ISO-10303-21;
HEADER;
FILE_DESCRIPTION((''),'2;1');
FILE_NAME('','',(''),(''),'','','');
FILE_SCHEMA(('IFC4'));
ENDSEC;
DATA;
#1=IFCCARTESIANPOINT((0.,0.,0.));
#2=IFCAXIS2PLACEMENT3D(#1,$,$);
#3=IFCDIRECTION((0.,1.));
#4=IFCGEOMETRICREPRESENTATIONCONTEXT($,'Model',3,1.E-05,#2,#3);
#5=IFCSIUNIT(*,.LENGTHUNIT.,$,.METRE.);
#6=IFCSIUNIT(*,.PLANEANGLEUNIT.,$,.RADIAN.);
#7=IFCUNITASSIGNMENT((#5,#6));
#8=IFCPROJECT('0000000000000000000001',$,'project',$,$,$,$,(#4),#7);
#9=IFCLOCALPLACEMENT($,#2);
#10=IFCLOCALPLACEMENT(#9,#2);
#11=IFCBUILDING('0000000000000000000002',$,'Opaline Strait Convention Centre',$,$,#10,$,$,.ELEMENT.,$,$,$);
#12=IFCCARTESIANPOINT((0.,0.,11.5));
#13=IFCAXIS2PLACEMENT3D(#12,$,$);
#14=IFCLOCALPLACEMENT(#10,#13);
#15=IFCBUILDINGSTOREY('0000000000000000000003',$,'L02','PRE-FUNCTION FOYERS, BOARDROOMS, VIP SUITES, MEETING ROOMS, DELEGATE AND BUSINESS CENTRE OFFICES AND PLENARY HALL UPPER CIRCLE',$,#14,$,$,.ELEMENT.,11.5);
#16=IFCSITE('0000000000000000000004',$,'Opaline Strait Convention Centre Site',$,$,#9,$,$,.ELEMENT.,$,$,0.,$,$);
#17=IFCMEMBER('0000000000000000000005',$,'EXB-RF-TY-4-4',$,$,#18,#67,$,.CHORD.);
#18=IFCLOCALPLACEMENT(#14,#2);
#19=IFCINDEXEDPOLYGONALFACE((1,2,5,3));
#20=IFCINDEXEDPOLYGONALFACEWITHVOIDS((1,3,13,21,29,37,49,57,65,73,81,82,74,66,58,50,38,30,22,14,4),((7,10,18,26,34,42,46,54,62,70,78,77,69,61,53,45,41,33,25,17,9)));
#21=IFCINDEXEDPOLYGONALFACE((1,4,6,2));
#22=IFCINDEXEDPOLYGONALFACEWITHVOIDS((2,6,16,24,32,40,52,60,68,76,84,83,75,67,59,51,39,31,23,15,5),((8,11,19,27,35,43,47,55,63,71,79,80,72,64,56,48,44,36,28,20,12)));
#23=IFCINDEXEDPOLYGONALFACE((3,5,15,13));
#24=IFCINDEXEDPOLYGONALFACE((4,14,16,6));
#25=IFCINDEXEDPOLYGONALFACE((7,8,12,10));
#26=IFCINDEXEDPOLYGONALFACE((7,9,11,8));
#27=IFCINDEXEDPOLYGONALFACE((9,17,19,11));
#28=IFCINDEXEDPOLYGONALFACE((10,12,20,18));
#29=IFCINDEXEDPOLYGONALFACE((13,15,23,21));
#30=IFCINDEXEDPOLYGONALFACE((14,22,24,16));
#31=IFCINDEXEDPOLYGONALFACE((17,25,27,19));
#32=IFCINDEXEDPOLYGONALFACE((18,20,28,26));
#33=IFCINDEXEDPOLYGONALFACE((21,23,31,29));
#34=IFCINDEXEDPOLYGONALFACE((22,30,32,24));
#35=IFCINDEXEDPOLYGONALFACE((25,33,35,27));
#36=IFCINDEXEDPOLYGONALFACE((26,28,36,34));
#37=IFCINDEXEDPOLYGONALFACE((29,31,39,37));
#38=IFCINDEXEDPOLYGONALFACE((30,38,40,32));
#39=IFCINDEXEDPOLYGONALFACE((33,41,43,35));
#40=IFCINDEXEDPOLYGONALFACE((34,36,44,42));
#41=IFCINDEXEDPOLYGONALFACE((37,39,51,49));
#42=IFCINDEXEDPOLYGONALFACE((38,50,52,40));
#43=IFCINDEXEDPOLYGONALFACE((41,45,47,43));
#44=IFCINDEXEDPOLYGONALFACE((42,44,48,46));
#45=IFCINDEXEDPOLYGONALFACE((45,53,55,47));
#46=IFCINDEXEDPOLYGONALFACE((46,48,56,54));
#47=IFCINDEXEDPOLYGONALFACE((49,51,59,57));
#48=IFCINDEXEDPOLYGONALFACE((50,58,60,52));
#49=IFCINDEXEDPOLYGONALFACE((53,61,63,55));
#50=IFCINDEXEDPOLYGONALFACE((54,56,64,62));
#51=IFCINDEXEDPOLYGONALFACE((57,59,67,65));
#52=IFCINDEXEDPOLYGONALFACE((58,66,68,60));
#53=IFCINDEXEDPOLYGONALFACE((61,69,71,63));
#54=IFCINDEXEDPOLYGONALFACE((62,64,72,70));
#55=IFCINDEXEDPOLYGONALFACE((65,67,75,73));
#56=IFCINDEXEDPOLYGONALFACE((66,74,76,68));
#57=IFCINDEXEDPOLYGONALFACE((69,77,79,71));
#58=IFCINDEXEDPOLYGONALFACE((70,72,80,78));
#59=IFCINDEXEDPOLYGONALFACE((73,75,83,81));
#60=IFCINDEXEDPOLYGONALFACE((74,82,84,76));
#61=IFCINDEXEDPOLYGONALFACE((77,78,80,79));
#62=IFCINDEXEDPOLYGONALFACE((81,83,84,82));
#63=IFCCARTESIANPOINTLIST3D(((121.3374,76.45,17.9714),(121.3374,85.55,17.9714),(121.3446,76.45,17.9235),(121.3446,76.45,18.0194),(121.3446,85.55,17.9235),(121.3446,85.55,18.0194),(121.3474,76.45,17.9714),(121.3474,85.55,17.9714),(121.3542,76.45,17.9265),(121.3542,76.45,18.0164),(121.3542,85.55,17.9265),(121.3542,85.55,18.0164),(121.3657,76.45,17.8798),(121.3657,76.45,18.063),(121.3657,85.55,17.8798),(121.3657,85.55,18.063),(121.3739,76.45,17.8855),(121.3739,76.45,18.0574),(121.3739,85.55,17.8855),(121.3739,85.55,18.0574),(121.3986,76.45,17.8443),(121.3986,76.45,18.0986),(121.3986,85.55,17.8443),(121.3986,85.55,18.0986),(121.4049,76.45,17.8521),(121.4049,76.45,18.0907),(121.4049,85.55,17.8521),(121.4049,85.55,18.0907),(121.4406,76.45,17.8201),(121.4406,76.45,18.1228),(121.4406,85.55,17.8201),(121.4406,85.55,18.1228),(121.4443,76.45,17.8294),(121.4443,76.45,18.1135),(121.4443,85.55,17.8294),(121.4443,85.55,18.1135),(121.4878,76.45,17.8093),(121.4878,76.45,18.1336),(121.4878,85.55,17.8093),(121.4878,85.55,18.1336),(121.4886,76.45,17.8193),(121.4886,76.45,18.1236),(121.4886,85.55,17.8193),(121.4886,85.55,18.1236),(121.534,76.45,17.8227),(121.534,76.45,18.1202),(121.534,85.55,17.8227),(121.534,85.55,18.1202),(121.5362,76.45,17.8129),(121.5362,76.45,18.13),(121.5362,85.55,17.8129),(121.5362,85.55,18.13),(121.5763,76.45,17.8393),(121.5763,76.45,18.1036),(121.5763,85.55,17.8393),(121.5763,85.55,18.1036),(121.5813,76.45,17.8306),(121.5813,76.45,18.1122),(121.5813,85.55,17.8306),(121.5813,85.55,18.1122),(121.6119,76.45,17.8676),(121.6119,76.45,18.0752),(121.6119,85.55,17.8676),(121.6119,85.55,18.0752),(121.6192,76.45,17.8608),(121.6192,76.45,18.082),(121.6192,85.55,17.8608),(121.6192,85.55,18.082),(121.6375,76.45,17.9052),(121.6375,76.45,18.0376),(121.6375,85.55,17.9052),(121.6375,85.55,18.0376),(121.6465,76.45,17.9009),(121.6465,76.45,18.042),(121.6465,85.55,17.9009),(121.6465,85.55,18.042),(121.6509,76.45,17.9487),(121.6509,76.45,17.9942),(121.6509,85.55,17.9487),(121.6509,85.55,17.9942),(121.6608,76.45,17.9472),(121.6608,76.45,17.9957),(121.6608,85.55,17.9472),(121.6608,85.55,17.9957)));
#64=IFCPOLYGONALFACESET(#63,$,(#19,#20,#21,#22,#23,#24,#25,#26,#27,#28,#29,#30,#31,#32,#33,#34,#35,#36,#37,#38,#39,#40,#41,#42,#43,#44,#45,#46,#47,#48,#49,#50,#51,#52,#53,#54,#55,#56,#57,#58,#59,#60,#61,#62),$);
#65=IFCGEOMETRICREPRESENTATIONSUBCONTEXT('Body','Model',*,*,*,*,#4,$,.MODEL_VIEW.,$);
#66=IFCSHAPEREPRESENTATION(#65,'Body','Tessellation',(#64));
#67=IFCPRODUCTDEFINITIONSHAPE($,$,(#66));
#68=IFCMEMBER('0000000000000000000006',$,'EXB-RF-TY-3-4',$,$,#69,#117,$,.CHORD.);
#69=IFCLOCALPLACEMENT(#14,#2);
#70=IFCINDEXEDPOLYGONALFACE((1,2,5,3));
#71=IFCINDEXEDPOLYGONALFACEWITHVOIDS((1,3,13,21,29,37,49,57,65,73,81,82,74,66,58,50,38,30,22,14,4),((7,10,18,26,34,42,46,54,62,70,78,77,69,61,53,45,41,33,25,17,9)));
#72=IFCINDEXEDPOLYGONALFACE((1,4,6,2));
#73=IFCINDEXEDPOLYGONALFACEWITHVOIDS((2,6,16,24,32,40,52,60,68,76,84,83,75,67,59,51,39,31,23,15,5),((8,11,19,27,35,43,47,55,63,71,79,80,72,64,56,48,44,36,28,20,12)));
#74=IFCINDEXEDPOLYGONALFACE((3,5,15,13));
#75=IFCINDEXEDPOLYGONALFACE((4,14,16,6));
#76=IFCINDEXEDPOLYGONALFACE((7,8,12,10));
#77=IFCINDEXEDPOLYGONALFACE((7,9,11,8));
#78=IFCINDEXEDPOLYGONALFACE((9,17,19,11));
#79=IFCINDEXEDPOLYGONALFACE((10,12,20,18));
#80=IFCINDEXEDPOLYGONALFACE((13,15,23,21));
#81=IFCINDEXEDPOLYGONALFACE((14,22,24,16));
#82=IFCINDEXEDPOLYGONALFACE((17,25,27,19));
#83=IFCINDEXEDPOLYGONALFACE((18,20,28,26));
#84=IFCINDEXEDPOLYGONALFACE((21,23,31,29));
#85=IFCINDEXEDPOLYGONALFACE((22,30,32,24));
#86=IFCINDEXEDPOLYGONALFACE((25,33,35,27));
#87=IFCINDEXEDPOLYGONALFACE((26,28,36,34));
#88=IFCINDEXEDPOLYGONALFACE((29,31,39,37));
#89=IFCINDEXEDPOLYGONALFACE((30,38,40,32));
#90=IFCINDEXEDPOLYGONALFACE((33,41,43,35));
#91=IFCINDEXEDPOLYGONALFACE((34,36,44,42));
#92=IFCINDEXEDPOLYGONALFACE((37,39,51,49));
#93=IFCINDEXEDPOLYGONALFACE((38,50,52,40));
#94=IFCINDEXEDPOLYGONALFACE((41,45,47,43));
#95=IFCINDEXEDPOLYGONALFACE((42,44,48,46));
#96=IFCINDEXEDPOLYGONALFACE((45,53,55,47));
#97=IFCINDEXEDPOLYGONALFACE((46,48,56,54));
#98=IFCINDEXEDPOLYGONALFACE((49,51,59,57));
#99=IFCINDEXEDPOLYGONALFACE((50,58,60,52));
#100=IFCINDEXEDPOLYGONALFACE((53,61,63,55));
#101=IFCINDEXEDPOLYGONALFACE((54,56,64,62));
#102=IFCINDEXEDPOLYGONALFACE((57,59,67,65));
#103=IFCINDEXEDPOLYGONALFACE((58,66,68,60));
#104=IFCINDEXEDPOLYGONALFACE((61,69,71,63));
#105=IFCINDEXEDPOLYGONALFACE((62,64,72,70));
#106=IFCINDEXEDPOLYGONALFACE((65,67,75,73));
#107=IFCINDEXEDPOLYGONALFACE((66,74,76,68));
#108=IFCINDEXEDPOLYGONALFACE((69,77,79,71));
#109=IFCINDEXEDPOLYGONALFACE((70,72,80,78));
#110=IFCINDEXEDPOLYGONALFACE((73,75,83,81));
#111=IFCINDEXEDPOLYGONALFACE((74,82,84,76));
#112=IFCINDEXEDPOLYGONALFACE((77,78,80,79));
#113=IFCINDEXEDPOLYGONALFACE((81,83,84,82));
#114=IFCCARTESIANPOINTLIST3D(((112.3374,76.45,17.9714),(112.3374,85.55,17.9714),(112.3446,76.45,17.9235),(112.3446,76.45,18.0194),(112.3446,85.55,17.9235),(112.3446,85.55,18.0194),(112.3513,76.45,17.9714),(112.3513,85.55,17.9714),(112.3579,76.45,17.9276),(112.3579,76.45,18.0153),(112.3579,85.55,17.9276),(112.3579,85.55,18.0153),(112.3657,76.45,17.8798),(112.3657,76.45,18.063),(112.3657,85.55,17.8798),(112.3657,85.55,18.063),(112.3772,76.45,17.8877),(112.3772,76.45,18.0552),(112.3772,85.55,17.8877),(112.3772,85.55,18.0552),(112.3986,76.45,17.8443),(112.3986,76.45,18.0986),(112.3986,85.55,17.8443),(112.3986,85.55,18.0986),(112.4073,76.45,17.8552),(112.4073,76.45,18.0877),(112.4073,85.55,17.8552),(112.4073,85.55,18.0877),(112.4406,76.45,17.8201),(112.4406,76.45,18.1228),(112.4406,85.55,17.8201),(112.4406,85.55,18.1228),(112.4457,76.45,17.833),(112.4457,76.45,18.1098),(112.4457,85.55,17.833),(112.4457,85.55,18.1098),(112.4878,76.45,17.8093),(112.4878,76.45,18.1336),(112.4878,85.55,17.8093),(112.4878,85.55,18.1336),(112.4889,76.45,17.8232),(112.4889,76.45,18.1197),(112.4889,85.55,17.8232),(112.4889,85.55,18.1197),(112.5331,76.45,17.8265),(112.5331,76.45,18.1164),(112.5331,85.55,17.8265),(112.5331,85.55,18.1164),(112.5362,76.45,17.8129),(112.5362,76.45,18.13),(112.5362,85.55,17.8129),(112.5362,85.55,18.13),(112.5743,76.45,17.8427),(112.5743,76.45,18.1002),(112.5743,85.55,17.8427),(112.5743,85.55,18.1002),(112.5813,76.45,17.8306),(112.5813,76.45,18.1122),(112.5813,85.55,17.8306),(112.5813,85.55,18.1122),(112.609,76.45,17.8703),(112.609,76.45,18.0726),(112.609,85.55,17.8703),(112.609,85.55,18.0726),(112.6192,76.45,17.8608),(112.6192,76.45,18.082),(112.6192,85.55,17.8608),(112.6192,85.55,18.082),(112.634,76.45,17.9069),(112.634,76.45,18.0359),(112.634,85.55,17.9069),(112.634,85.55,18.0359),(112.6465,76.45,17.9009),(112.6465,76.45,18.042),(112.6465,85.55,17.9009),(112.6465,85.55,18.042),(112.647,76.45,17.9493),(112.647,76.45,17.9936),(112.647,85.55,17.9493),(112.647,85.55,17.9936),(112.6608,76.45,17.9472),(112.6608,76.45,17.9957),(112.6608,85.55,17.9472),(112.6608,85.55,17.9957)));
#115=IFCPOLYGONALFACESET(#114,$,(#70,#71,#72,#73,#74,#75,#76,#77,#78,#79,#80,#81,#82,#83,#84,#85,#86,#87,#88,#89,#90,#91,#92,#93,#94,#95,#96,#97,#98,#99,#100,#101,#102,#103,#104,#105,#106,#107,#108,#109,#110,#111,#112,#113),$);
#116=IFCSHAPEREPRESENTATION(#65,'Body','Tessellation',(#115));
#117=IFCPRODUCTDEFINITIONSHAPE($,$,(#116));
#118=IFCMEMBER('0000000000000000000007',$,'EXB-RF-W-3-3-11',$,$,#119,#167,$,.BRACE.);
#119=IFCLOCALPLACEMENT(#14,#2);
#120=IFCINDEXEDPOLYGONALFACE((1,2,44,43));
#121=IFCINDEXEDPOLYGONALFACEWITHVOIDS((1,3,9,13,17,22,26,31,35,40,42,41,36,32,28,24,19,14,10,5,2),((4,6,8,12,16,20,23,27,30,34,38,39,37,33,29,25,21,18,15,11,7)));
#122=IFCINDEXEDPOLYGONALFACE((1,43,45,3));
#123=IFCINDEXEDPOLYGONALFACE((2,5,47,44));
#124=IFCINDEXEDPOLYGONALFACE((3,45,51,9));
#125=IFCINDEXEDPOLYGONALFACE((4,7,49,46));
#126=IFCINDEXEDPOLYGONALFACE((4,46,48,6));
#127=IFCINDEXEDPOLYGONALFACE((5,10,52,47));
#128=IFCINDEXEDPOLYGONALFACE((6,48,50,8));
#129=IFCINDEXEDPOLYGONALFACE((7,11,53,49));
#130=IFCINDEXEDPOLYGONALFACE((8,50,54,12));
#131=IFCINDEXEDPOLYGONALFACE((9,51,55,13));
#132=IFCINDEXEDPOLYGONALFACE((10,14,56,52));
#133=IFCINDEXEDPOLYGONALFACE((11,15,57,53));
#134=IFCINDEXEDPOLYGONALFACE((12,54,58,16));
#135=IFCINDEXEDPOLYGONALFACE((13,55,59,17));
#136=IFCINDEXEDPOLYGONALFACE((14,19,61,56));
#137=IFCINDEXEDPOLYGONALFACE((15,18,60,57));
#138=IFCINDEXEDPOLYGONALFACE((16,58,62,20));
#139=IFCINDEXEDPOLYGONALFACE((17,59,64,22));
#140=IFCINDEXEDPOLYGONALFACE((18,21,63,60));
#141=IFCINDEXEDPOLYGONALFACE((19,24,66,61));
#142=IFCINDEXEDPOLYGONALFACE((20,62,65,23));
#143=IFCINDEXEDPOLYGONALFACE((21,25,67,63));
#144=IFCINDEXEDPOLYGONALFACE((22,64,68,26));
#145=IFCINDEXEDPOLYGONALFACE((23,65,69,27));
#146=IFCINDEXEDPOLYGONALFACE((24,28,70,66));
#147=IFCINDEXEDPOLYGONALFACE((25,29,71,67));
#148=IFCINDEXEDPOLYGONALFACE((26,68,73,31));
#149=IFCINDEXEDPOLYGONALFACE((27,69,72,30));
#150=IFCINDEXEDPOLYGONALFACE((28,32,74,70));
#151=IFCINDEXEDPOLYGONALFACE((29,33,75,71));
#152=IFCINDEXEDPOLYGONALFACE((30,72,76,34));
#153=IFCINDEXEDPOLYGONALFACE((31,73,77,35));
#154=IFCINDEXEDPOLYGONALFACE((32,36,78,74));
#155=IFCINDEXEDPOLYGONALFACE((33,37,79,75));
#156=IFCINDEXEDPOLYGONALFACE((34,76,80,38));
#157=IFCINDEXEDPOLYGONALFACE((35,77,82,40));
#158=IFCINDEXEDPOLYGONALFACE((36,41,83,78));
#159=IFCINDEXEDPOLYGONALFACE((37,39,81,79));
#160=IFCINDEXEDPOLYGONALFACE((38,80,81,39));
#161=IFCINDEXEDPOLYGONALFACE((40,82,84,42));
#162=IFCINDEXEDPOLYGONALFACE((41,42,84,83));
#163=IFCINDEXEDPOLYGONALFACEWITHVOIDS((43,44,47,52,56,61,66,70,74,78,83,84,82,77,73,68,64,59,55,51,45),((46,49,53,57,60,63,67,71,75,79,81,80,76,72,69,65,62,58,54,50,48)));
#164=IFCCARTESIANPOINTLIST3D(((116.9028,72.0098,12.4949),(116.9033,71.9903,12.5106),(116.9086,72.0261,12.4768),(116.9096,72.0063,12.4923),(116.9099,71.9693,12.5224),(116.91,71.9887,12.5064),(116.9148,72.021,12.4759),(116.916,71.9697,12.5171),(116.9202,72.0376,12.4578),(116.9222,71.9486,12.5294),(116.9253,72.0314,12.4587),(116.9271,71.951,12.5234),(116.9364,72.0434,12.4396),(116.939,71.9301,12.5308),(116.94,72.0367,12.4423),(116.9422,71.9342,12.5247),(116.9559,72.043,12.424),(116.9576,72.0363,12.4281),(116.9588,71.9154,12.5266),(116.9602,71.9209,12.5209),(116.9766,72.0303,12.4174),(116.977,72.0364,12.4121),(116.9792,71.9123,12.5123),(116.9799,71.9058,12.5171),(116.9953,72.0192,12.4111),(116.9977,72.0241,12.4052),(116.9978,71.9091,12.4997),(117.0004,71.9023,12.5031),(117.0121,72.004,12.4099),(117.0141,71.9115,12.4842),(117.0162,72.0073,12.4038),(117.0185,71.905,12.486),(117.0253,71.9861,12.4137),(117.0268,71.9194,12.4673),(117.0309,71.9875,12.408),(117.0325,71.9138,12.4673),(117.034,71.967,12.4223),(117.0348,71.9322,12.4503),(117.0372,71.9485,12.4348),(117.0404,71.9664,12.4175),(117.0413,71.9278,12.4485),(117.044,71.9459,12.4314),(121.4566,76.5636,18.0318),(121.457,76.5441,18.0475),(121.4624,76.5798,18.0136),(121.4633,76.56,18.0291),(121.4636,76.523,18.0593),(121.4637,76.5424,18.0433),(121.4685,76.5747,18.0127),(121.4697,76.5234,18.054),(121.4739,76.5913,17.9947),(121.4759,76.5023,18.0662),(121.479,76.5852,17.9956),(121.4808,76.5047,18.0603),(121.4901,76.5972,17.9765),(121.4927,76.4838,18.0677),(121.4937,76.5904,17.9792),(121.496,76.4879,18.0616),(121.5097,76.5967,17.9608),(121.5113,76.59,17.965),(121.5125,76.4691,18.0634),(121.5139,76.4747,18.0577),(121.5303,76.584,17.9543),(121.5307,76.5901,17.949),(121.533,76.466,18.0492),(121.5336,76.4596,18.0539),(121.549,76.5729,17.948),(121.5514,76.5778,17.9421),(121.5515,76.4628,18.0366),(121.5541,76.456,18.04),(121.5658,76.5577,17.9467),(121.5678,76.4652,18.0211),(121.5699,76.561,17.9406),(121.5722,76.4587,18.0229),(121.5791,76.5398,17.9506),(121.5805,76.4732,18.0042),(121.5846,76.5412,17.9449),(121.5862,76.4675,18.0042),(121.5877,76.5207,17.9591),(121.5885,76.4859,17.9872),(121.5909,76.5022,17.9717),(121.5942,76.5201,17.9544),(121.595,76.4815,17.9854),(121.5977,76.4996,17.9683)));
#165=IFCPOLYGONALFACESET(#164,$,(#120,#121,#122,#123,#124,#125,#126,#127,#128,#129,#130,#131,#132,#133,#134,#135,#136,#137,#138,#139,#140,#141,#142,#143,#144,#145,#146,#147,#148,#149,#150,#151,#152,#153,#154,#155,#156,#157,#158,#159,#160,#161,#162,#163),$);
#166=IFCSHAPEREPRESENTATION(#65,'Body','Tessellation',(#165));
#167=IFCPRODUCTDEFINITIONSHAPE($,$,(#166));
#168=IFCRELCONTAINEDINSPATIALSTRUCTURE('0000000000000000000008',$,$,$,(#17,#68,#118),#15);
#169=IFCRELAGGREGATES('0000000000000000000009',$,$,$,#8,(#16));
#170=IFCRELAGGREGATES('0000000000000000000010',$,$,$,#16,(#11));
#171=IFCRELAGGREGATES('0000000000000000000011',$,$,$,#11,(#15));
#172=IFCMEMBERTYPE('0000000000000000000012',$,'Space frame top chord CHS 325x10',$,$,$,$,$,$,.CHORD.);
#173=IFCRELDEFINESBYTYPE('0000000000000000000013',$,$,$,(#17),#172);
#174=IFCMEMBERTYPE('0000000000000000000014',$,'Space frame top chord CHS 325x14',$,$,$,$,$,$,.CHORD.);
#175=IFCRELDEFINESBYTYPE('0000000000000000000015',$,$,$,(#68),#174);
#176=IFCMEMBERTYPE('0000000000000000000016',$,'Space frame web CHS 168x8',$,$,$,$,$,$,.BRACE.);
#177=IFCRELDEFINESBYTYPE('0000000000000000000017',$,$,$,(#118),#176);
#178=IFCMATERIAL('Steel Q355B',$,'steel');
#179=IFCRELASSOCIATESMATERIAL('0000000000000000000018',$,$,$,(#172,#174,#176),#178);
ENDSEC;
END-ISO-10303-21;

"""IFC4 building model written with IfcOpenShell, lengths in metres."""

from ifc_helpers import new_model, si_unit, direction, frame, origin, origin_2d, place, context, subcontext, project, spatial, hollow_circle, extrude, material, material_profile, profile_set, type_object, element, save


model = new_model("IFC4")

# Units and contexts
model_context = context("Model", 3, precision=1e-05, world=origin(), true_north=direction((0.0, 1.0)))
body_context = subcontext(model_context, "Body", "Model", "MODEL_VIEW")
ifc_project = project(units=[si_unit("LENGTHUNIT", "METRE"), si_unit("PLANEANGLEUNIT", "RADIAN")], contexts=[model_context])

# Site, building, storey
site_placement = place(None, origin())
site = spatial("IfcSite", under=ifc_project, at=site_placement, Name="Opaline Strait Convention Centre Site", CompositionType="ELEMENT", RefElevation=0.0)
building_placement = place(site_placement, origin())
building = spatial("IfcBuilding", under=site, at=building_placement, Name="Opaline Strait Convention Centre", CompositionType="ELEMENT")
storey_placement = place(building_placement, frame((0.0, 0.0, 11.5)))
storey = spatial("IfcBuildingStorey", under=building, at=storey_placement, Name="L02", Description="PRE-FUNCTION FOYERS, BOARDROOMS, VIP SUITES, MEETING ROOMS, DELEGATE AND BUSINESS CENTRE OFFICES AND PLENARY HALL UPPER CIRCLE", CompositionType="ELEMENT", Elevation=11.5)

# Members
ifc_material_1 = material(Name="Steel Q355B", Category="steel")
ifc_material_profile_1 = material_profile(ifc_material_1, hollow_circle(Radius=0.1626, WallThickness=0.01, at=origin_2d()), Name="CHS 325x10")
ifc_profile_set_1 = profile_set([ifc_material_profile_1], Name="Steel Q355B")
member_type_1 = type_object("IfcMemberType", Name="Space frame top chord CHS 325x10", PredefinedType="CHORD", material=ifc_profile_set_1)
for number, where, z_axis, x_axis, name in (
    (1, (121.5, 76.45, 17.9714), (0.0, 1.0, 0.0), (-1.0, 0.0, 0.0), "EXB-RF-TY-4-4"),
):
    element("IfcMember", number, at=place(storey_placement, frame(where, z_axis=z_axis, x_axis=x_axis)), inside=storey, type_object=member_type_1, Name=name, PredefinedType="CHORD", context=body_context, shape_type="SweptSolid", body=[
        extrude(hollow_circle(Radius=0.1626, WallThickness=0.01, at=origin_2d()), origin(), (0.0, 0.0, 1.0), 9.1001),
    ])
ifc_material_profile_2 = material_profile(ifc_material_1, hollow_circle(Radius=0.1626, WallThickness=0.0139, at=origin_2d()), Name="CHS 325x14")
ifc_profile_set_2 = profile_set([ifc_material_profile_2], Name="Steel Q355B")
member_type_2 = type_object("IfcMemberType", Name="Space frame top chord CHS 325x14", PredefinedType="CHORD", material=ifc_profile_set_2)
member_placement = place(storey_placement, frame((112.5, 76.45, 17.9714), z_axis=(0.0, 1.0, 0.0), x_axis=(-1.0, 0.0, 0.0)))
element("IfcMember", 2, at=member_placement, inside=storey, type_object=member_type_2, Name="EXB-RF-TY-3-4", PredefinedType="CHORD", context=body_context, shape_type="SweptSolid", body=[
    extrude(hollow_circle(Radius=0.1626, WallThickness=0.0139, at=origin_2d()), origin(), (0.0, 0.0, 1.0), 9.1001),
])
ifc_material_profile_3 = material_profile(ifc_material_1, hollow_circle(Radius=0.084, WallThickness=0.0081, at=origin_2d()), Name="CHS 168x8")
ifc_profile_set_3 = profile_set([ifc_material_profile_3], Name="Steel Q355B")
member_type_3 = type_object("IfcMemberType", Name="Space frame web CHS 168x8", PredefinedType="BRACE", material=ifc_profile_set_3)
for number, where, z_axis, x_axis, name in (
    (3, (121.5269, 76.5269, 18.0042), (-0.536178, -0.536178, -0.65194), (0.707107, -0.707107, 0.0), "EXB-RF-W-3-3-11"),
):
    element("IfcMember", number, at=place(storey_placement, frame(where, z_axis=z_axis, x_axis=x_axis)), inside=storey, type_object=member_type_3, Name=name, PredefinedType="BRACE", context=body_context, shape_type="SweptSolid", body=[
        extrude(hollow_circle(Radius=0.084, WallThickness=0.0081, at=origin_2d()), origin(), (0.0, 0.0, 1.0), 8.4929),
    ])

save(model, "model.ifc")
